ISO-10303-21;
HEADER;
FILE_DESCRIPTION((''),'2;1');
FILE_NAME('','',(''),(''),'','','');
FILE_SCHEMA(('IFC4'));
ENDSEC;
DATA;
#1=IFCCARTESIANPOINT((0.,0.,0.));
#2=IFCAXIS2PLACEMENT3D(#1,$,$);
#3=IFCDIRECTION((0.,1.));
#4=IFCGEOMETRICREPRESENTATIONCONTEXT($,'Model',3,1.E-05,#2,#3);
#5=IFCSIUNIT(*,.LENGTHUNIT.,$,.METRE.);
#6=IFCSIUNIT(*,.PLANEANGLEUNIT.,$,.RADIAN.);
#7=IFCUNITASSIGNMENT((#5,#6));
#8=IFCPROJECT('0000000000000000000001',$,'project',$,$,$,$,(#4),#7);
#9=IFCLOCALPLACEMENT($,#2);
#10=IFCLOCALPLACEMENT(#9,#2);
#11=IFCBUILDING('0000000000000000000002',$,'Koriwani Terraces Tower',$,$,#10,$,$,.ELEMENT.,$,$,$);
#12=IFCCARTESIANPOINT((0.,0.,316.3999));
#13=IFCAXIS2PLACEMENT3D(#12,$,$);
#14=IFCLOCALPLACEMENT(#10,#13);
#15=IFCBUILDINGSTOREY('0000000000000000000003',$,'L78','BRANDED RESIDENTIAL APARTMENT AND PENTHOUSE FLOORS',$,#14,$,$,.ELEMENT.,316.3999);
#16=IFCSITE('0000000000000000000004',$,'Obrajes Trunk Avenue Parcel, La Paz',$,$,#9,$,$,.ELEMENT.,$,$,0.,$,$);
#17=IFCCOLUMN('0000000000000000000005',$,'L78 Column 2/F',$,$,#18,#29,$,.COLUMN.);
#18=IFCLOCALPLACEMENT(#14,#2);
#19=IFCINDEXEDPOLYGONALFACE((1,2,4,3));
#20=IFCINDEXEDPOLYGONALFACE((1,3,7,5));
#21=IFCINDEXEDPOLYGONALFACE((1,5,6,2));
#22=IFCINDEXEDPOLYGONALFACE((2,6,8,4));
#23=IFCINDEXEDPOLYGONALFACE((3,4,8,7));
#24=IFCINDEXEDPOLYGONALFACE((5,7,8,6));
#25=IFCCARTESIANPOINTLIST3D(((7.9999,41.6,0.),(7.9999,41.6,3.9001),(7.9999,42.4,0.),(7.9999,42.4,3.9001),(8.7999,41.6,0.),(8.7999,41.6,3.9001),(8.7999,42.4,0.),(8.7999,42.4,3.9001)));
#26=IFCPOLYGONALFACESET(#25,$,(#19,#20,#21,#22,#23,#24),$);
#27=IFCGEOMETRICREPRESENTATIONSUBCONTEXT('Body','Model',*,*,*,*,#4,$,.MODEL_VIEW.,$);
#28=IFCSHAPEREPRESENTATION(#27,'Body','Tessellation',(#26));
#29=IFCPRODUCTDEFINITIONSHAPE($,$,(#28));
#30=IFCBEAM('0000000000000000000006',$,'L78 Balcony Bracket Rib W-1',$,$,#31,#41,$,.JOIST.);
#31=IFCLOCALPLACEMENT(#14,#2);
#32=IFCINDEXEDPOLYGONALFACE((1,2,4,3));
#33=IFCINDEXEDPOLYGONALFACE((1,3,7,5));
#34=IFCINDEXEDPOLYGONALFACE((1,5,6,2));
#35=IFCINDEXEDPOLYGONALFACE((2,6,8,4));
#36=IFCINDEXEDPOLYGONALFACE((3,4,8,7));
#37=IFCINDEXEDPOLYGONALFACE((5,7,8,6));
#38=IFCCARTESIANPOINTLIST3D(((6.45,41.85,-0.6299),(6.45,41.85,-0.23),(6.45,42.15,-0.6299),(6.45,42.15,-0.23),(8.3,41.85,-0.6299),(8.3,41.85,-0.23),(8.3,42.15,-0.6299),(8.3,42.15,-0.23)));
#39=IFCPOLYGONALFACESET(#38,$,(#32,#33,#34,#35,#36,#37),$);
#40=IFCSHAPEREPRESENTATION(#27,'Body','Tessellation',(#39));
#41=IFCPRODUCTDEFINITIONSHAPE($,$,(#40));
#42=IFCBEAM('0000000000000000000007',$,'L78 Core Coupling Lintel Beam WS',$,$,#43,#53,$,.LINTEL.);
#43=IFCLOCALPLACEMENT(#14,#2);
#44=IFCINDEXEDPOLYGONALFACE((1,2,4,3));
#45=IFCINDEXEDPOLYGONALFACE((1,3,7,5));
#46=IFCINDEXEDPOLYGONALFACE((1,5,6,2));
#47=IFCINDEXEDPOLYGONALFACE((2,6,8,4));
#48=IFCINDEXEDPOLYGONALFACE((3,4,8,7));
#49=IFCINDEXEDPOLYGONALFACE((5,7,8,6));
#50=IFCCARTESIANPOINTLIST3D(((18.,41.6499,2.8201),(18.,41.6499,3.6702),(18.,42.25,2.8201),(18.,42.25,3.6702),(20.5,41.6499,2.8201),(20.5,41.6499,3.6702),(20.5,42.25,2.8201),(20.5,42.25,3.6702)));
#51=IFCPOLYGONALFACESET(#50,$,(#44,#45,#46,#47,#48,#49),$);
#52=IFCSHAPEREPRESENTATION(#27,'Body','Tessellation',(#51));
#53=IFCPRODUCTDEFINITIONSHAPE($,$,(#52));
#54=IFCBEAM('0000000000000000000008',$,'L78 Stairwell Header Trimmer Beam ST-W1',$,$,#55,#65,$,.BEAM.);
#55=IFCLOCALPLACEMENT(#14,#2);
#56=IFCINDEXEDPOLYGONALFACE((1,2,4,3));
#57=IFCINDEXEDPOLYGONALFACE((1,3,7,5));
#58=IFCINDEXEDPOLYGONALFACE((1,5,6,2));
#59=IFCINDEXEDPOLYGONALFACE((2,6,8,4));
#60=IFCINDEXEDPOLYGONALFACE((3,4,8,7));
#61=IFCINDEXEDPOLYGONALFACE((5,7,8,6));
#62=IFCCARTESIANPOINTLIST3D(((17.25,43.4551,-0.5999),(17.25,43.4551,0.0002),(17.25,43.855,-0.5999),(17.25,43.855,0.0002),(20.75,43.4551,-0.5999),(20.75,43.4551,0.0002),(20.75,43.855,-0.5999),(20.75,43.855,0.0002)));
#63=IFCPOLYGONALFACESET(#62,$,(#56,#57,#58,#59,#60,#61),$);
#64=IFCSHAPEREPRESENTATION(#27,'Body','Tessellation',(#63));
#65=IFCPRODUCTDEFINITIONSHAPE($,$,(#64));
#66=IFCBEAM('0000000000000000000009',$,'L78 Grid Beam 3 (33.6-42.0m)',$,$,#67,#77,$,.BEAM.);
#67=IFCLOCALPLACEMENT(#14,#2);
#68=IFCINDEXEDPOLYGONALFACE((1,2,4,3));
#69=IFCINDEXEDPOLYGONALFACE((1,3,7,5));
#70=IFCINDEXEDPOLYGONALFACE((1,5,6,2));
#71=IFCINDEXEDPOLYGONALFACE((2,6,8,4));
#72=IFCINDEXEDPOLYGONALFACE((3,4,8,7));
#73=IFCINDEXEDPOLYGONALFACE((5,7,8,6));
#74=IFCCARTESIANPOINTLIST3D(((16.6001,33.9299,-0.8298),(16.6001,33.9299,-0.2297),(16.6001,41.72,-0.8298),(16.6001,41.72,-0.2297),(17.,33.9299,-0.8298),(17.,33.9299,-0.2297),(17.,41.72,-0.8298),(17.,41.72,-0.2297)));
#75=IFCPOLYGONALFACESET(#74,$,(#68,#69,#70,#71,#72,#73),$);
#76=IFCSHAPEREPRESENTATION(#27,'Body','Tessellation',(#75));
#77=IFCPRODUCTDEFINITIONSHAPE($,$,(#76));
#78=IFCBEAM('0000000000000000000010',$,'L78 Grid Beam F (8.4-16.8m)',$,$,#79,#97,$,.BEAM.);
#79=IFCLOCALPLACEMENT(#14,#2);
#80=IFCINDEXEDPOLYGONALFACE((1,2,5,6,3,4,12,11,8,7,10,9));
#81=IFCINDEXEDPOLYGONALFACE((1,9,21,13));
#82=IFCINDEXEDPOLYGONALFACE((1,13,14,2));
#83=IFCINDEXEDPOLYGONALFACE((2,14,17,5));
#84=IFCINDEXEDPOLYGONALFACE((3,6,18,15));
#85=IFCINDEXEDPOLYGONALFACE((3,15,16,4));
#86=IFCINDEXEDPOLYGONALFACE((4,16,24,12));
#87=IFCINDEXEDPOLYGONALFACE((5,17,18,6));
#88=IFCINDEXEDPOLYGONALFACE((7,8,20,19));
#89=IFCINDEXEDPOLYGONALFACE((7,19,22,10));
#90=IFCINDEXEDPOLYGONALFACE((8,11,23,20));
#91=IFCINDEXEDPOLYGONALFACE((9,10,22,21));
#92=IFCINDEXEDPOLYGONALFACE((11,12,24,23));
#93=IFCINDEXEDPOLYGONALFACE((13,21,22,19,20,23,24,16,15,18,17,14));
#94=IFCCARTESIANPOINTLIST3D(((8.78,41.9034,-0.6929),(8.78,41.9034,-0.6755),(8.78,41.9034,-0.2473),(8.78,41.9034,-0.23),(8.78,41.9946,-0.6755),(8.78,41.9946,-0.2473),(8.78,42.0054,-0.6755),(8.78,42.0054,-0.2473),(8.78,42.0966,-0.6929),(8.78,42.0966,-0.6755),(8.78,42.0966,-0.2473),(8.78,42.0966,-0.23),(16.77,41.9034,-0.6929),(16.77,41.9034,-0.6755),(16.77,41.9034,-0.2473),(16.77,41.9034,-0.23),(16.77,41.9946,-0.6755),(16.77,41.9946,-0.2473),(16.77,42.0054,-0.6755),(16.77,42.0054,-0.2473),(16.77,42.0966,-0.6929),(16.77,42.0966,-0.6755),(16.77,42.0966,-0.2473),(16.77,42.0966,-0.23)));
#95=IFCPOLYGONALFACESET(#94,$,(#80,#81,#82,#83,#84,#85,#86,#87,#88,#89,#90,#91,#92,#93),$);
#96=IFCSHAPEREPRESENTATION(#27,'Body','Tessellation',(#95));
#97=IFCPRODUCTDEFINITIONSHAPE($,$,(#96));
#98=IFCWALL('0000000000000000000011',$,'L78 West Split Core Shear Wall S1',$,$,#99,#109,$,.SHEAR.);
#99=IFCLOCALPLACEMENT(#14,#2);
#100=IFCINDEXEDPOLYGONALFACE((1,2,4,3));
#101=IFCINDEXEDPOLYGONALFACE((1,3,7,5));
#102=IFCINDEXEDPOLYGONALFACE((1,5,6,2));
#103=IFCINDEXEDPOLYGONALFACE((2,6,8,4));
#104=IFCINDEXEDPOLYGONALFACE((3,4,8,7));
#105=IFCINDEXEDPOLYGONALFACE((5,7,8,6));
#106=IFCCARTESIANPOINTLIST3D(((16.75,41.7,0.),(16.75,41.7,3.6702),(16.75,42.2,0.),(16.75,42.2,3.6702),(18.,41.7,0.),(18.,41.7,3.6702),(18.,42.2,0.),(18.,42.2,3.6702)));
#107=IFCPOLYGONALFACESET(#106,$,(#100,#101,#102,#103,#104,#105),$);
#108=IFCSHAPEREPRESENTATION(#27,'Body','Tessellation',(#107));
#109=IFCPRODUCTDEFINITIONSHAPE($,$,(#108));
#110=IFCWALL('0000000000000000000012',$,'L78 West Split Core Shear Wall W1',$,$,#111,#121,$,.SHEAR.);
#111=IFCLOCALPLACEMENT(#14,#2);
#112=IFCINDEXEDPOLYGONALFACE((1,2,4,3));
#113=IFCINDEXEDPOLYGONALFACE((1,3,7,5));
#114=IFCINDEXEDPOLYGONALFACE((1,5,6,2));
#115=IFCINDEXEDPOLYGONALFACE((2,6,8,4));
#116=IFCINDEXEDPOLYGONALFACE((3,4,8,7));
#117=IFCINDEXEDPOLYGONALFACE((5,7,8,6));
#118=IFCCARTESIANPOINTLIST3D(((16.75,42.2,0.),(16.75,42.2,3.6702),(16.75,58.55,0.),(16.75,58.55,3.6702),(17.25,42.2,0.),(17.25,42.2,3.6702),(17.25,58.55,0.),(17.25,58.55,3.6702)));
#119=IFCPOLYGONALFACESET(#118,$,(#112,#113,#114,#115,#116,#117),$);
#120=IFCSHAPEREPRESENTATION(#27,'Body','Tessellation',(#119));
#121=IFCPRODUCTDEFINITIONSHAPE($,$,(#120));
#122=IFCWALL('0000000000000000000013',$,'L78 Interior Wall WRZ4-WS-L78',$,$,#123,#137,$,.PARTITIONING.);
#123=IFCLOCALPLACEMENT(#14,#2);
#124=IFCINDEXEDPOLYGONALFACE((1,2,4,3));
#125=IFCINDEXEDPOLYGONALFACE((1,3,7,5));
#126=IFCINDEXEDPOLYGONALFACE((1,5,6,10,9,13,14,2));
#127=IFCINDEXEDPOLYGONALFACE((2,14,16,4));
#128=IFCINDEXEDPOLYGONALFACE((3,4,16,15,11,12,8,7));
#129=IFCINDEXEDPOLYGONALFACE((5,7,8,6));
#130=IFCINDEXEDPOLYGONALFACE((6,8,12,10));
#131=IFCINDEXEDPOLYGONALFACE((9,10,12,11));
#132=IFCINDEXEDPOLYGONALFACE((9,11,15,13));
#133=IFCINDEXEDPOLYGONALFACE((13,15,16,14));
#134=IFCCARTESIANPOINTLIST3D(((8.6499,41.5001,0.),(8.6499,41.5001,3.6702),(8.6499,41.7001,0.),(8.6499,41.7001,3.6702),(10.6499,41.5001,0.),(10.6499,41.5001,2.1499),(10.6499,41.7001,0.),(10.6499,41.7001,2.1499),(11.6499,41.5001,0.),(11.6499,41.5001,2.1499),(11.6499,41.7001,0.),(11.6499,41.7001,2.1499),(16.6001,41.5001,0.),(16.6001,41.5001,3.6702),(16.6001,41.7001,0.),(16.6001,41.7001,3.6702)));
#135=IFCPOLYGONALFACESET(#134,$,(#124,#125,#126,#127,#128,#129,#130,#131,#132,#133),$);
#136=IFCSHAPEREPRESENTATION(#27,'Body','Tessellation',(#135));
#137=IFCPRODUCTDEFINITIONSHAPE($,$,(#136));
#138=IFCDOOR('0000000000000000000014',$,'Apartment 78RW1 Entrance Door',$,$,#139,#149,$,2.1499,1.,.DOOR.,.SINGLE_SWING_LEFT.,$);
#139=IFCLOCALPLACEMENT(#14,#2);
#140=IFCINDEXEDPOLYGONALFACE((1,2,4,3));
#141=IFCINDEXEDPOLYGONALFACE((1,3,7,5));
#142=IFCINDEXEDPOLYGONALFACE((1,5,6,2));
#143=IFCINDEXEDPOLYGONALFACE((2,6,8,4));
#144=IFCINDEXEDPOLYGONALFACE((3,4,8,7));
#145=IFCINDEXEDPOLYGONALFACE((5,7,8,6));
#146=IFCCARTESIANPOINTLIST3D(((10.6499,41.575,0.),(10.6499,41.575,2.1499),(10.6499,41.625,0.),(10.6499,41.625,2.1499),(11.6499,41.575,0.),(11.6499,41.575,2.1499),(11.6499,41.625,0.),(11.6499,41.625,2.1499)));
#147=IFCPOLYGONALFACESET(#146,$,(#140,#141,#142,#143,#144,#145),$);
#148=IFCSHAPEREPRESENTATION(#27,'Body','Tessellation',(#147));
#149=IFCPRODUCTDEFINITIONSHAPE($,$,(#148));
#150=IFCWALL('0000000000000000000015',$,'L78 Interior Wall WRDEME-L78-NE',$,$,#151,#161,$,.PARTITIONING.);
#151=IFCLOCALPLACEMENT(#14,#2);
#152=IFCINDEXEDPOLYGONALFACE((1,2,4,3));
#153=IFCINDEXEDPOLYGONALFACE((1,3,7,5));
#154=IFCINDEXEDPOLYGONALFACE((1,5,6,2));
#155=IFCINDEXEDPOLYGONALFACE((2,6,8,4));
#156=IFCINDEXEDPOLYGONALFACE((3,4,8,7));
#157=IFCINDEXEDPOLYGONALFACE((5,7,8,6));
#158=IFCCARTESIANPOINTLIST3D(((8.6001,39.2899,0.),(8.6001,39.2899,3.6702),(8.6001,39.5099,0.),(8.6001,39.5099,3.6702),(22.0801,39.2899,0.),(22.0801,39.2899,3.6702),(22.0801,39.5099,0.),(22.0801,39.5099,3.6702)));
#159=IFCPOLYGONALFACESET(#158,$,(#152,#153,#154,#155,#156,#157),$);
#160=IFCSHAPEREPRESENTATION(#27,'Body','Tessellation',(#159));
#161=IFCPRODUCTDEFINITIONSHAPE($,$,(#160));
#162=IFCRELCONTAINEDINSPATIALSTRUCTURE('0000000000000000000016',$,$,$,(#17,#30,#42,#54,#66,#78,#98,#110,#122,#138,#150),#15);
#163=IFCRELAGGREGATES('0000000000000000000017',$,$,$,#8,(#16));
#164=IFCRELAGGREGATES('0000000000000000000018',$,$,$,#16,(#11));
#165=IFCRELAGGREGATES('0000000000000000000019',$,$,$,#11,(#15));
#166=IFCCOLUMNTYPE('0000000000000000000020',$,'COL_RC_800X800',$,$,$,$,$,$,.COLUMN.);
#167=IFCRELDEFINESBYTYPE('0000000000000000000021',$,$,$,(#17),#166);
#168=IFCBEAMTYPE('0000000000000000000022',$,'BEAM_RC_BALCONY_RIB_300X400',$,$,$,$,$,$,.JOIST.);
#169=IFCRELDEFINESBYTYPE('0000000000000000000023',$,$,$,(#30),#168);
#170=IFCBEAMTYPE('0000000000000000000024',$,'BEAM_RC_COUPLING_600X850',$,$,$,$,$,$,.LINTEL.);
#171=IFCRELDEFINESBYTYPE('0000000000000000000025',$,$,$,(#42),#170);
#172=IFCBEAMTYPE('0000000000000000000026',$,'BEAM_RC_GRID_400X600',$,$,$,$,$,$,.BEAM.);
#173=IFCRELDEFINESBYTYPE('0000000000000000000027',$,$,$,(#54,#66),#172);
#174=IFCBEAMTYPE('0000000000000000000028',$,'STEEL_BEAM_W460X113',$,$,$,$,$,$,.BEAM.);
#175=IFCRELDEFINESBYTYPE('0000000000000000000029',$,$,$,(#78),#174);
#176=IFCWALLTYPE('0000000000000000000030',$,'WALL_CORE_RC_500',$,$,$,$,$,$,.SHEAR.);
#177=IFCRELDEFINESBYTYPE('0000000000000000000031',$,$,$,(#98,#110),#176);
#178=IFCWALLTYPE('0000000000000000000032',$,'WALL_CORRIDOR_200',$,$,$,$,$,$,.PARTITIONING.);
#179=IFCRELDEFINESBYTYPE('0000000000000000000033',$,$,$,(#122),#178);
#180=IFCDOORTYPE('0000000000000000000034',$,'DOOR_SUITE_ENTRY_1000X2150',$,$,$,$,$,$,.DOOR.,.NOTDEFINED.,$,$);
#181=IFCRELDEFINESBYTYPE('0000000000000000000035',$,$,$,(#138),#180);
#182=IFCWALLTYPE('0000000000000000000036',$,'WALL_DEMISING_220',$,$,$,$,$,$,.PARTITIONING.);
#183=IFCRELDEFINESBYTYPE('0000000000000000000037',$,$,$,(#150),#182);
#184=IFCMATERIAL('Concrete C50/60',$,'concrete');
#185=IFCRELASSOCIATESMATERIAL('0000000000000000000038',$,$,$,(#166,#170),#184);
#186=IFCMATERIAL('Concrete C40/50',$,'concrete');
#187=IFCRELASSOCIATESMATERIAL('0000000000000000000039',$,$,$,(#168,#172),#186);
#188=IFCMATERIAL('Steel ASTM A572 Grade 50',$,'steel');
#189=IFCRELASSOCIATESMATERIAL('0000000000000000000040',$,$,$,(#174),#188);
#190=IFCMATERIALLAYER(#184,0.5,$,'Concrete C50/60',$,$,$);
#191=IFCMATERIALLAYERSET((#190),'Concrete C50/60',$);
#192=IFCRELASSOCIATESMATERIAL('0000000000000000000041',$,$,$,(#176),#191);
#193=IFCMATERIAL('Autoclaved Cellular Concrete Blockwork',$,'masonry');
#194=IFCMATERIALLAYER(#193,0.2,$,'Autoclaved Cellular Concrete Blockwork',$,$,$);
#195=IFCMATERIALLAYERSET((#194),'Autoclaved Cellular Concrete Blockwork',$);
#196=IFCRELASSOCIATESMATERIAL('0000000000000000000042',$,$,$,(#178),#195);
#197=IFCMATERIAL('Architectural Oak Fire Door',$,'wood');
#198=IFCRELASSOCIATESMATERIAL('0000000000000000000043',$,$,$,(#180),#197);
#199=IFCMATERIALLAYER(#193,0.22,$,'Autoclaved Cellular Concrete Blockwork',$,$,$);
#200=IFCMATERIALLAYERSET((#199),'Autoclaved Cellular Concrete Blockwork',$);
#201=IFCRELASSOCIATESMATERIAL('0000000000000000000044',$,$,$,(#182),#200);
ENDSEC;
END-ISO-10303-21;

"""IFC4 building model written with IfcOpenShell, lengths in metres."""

from ifc_helpers import new_model, si_unit, direction, frame, frame_2d, origin, origin_2d, place, context, subcontext, project, spatial, rectangle, i_section, extrude, material, layer, layer_set, material_profile, profile_set, type_object, element, fill, save


model = new_model("IFC4")

# Units and contexts
model_context = context("Model", 3, precision=1e-05, world=origin(), true_north=direction((0.0, 1.0)))
body_context = subcontext(model_context, "Body", "Model", "MODEL_VIEW")
ifc_project = project(units=[si_unit("LENGTHUNIT", "METRE"), si_unit("PLANEANGLEUNIT", "RADIAN")], contexts=[model_context])

# Site, building, storey
site_placement = place(None, origin())
site = spatial("IfcSite", under=ifc_project, at=site_placement, Name="Obrajes Trunk Avenue Parcel, La Paz", CompositionType="ELEMENT", RefElevation=0.0)
building_placement = place(site_placement, origin())
building = spatial("IfcBuilding", under=site, at=building_placement, Name="Koriwani Terraces Tower", CompositionType="ELEMENT")
storey_placement = place(building_placement, frame((0.0, 0.0, 316.3999)))
storey = spatial("IfcBuildingStorey", under=building, at=storey_placement, Name="L78", Description="BRANDED RESIDENTIAL APARTMENT AND PENTHOUSE FLOORS", CompositionType="ELEMENT", Elevation=316.3999)

# Column
ifc_material_1 = material(Name="Concrete C50/60", Category="concrete")
ifc_material_profile_1 = material_profile(ifc_material_1, rectangle(XDim=0.8, YDim=0.8, at=origin_2d()), Name="Concrete C50/60", Category="LoadBearing")
ifc_profile_set_1 = profile_set([ifc_material_profile_1], Name="Concrete C50/60")
column_type = type_object("IfcColumnType", Name="COL_RC_800X800", PredefinedType="COLUMN", material=ifc_profile_set_1)
column_placement = place(storey_placement, frame((8.3999, 42.0, 0.0), z_axis=(0.0, 0.0, 1.0), x_axis=(1.0, 0.0, 0.0)))
element("IfcColumn", 1, at=column_placement, inside=storey, type_object=column_type, Name="L78 Column 2/F", PredefinedType="COLUMN", context=body_context, shape_type="SweptSolid", body=[
    extrude(rectangle(XDim=0.8, YDim=0.8, at=origin_2d()), origin(), (0.0, 0.0, 1.0), 3.9001),
])

# Beams
ifc_material_2 = material(Name="Concrete C40/50", Category="concrete")
ifc_material_profile_2 = material_profile(ifc_material_2, rectangle(XDim=0.3, YDim=0.3999, at=origin_2d()), Name="Concrete C40/50", Category="LoadBearing")
ifc_profile_set_2 = profile_set([ifc_material_profile_2], Name="Concrete C40/50")
beam_type_1 = type_object("IfcBeamType", Name="BEAM_RC_BALCONY_RIB_300X400", PredefinedType="JOIST", material=ifc_profile_set_2)
beam_1_placement = place(storey_placement, frame((6.45, 42.0, -0.4299), z_axis=(1.0, 0.0, 0.0), x_axis=(0.0, 1.0, 0.0)))
element("IfcBeam", 2, at=beam_1_placement, inside=storey, type_object=beam_type_1, Name="L78 Balcony Bracket Rib W-1", PredefinedType="JOIST", context=body_context, shape_type="SweptSolid", body=[
    extrude(rectangle(XDim=0.3, YDim=0.3999, at=origin_2d()), origin(), (0.0, 0.0, 1.0), 1.8501),
])
ifc_material_profile_3 = material_profile(ifc_material_1, rectangle(XDim=0.6001, YDim=0.8501, at=origin_2d()), Name="Concrete C50/60", Category="LoadBearing")
ifc_profile_set_3 = profile_set([ifc_material_profile_3], Name="Concrete C50/60")
beam_type_2 = type_object("IfcBeamType", Name="BEAM_RC_COUPLING_600X850", PredefinedType="LINTEL", material=ifc_profile_set_3)
beam_2_placement = place(storey_placement, frame((18.0, 41.95, 3.2451), z_axis=(1.0, 0.0, 0.0), x_axis=(0.0, 1.0, 0.0)))
element("IfcBeam", 3, at=beam_2_placement, inside=storey, type_object=beam_type_2, Name="L78 Core Coupling Lintel Beam WS", PredefinedType="LINTEL", context=body_context, shape_type="SweptSolid", body=[
    extrude(rectangle(XDim=0.6001, YDim=0.8501, at=origin_2d()), origin(), (0.0, 0.0, 1.0), 2.5),
])
ifc_material_profile_4 = material_profile(ifc_material_2, rectangle(XDim=0.3999, YDim=0.6001, at=origin_2d()), Name="Concrete C40/50", Category="LoadBearing")
ifc_profile_set_4 = profile_set([ifc_material_profile_4], Name="Concrete C40/50")
beam_type_3 = type_object("IfcBeamType", Name="BEAM_RC_GRID_400X600", PredefinedType="BEAM", material=ifc_profile_set_4)
beam_3_placement = place(storey_placement, frame((17.25, 43.655, -0.2998), z_axis=(1.0, 0.0, 0.0), x_axis=(0.0, 1.0, 0.0)))
element("IfcBeam", 4, at=beam_3_placement, inside=storey, type_object=beam_type_3, Name="L78 Stairwell Header Trimmer Beam ST-W1", PredefinedType="BEAM", context=body_context, shape_type="SweptSolid", body=[
    extrude(rectangle(XDim=0.3999, YDim=0.6001, at=origin_2d()), origin(), (0.0, 0.0, 1.0), 3.5),
])
beam_4_placement = place(storey_placement, frame((16.8, 33.9299, -0.5298), z_axis=(0.0, 1.0, 0.0), x_axis=(-1.0, 0.0, 0.0)))
element("IfcBeam", 5, at=beam_4_placement, inside=storey, type_object=beam_type_3, Name="L78 Grid Beam 3 (33.6-42.0m)", PredefinedType="BEAM", context=body_context, shape_type="SweptSolid", body=[
    extrude(rectangle(XDim=0.3999, YDim=0.6001, at=origin_2d()), origin(), (0.0, 0.0, 1.0), 7.79),
])
ifc_material_3 = material(Name="Steel ASTM A572 Grade 50", Category="steel")
ifc_material_profile_5 = material_profile(ifc_material_3, i_section(OverallWidth=0.1931, OverallDepth=0.4629, WebThickness=0.0107, FlangeThickness=0.0173, at=origin_2d()), Name="Steel ASTM A572 Grade 50", Category="LoadBearing")
ifc_profile_set_5 = profile_set([ifc_material_profile_5], Name="Steel ASTM A572 Grade 50")
beam_type_4 = type_object("IfcBeamType", Name="STEEL_BEAM_W460X113", PredefinedType="BEAM", material=ifc_profile_set_5)
beam_5_placement = place(storey_placement, frame((8.78, 42.0, -0.4614), z_axis=(1.0, 0.0, 0.0), x_axis=(0.0, 1.0, 0.0)))
element("IfcBeam", 6, at=beam_5_placement, inside=storey, type_object=beam_type_4, Name="L78 Grid Beam F (8.4-16.8m)", PredefinedType="BEAM", context=body_context, shape_type="SweptSolid", body=[
    extrude(i_section(OverallWidth=0.1931, OverallDepth=0.4629, WebThickness=0.0107, FlangeThickness=0.0173, at=origin_2d()), origin(), (0.0, 0.0, 1.0), 7.99),
])

# Walls
ifc_layer_1 = layer(ifc_material_1, 0.5, Name="Concrete C50/60")
ifc_layer_set_1 = layer_set([ifc_layer_1], Name="Concrete C50/60")
wall_type_1 = type_object("IfcWallType", Name="WALL_CORE_RC_500", PredefinedType="SHEAR", material=ifc_layer_set_1)
wall_1_placement = place(storey_placement, frame((16.75, 41.95, 0.0), z_axis=(0.0, 0.0, 1.0), x_axis=(1.0, 0.0, 0.0)))
element("IfcWall", 7, at=wall_1_placement, inside=storey, type_object=wall_type_1, Name="L78 West Split Core Shear Wall S1", PredefinedType="SHEAR", context=body_context, shape_type="SweptSolid", body=[
    extrude(rectangle(XDim=1.25, YDim=0.5, at=frame_2d((0.625, 0.0))), origin(), (0.0, 0.0, 1.0), 3.6702),
])
wall_2_placement = place(storey_placement, frame((17.0, 42.2, 0.0), z_axis=(0.0, 0.0, 1.0), x_axis=(0.0, 1.0, 0.0)))
element("IfcWall", 8, at=wall_2_placement, inside=storey, type_object=wall_type_1, Name="L78 West Split Core Shear Wall W1", PredefinedType="SHEAR", context=body_context, shape_type="SweptSolid", body=[
    extrude(rectangle(XDim=16.3501, YDim=0.5, at=frame_2d((8.175, 0.0))), origin(), (0.0, 0.0, 1.0), 3.6702),
])

# Wall, opening, door
ifc_material_4 = material(Name="Autoclaved Cellular Concrete Blockwork", Category="masonry")
ifc_layer_2 = layer(ifc_material_4, 0.2, Name="Autoclaved Cellular Concrete Blockwork")
ifc_layer_set_2 = layer_set([ifc_layer_2], Name="Autoclaved Cellular Concrete Blockwork")
wall_type_2 = type_object("IfcWallType", Name="WALL_CORRIDOR_200", PredefinedType="PARTITIONING", material=ifc_layer_set_2)
wall_3_placement = place(storey_placement, frame((8.6499, 41.6001, 0.0), z_axis=(0.0, 0.0, 1.0), x_axis=(1.0, 0.0, 0.0)))
wall_3 = element("IfcWall", 9, at=wall_3_placement, inside=storey, type_object=wall_type_2, Name="L78 Interior Wall WRZ4-WS-L78", PredefinedType="PARTITIONING", context=body_context, shape_type="SweptSolid", body=[
    extrude(rectangle(XDim=7.9502, YDim=0.2, at=frame_2d((3.9751, 0.0))), origin(), (0.0, 0.0, 1.0), 3.6702),
])
opening_1_placement = place(wall_3_placement, frame((2.0, 0.0, 0.0)))
opening_1 = element("IfcOpeningElement", 10, at=opening_1_placement, cuts=wall_3, PredefinedType="OPENING", context=body_context, shape_type="SweptSolid", body=[
    extrude(rectangle(XDim=1.0, YDim=2.1499, at=frame_2d((0.5, 1.075))), frame((0.0, 0.1099, 0.0), z_axis=(0.0, -1.0, 0.0), x_axis=(1.0, 0.0, 0.0)), (0.0, 0.0, 1.0), 0.22),
])
ifc_material_5 = material(Name="Architectural Oak Fire Door", Category="wood")
door_type_1 = type_object("IfcDoorType", Name="DOOR_SUITE_ENTRY_1000X2150", OperationType="NOTDEFINED", PredefinedType="DOOR", material=ifc_material_5)
door_1_placement = place(opening_1_placement, origin())
door_1 = element("IfcDoor", 11, at=door_1_placement, inside=storey, type_object=door_type_1, Name="Apartment 78RW1 Entrance Door", OperationType="SINGLE_SWING_LEFT", OverallHeight=2.1499, OverallWidth=1.0, PredefinedType="DOOR", context=body_context, shape_type="SweptSolid", body=[
    extrude(rectangle(XDim=1.0, YDim=2.1499, at=frame_2d((0.5, 1.075))), frame((0.0, 0.0249, 0.0), z_axis=(0.0, -1.0, 0.0), x_axis=(1.0, 0.0, 0.0)), (0.0, 0.0, 1.0), 0.05),
])
fill(opening_1, door_1)

# Wall
ifc_layer_3 = layer(ifc_material_4, 0.22, Name="Autoclaved Cellular Concrete Blockwork")
ifc_layer_set_3 = layer_set([ifc_layer_3], Name="Autoclaved Cellular Concrete Blockwork")
wall_type_3 = type_object("IfcWallType", Name="WALL_DEMISING_220", PredefinedType="PARTITIONING", material=ifc_layer_set_3)
wall_4_placement = place(storey_placement, frame((8.6001, 39.3999, 0.0), z_axis=(0.0, 0.0, 1.0), x_axis=(1.0, 0.0, 0.0)))
element("IfcWall", 12, at=wall_4_placement, inside=storey, type_object=wall_type_3, Name="L78 Interior Wall WRDEME-L78-NE", PredefinedType="PARTITIONING", context=body_context, shape_type="SweptSolid", body=[
    extrude(rectangle(XDim=13.48, YDim=0.22, at=frame_2d((6.74, 0.0))), origin(), (0.0, 0.0, 1.0), 3.6702),
])

save(model, "model.ifc")
